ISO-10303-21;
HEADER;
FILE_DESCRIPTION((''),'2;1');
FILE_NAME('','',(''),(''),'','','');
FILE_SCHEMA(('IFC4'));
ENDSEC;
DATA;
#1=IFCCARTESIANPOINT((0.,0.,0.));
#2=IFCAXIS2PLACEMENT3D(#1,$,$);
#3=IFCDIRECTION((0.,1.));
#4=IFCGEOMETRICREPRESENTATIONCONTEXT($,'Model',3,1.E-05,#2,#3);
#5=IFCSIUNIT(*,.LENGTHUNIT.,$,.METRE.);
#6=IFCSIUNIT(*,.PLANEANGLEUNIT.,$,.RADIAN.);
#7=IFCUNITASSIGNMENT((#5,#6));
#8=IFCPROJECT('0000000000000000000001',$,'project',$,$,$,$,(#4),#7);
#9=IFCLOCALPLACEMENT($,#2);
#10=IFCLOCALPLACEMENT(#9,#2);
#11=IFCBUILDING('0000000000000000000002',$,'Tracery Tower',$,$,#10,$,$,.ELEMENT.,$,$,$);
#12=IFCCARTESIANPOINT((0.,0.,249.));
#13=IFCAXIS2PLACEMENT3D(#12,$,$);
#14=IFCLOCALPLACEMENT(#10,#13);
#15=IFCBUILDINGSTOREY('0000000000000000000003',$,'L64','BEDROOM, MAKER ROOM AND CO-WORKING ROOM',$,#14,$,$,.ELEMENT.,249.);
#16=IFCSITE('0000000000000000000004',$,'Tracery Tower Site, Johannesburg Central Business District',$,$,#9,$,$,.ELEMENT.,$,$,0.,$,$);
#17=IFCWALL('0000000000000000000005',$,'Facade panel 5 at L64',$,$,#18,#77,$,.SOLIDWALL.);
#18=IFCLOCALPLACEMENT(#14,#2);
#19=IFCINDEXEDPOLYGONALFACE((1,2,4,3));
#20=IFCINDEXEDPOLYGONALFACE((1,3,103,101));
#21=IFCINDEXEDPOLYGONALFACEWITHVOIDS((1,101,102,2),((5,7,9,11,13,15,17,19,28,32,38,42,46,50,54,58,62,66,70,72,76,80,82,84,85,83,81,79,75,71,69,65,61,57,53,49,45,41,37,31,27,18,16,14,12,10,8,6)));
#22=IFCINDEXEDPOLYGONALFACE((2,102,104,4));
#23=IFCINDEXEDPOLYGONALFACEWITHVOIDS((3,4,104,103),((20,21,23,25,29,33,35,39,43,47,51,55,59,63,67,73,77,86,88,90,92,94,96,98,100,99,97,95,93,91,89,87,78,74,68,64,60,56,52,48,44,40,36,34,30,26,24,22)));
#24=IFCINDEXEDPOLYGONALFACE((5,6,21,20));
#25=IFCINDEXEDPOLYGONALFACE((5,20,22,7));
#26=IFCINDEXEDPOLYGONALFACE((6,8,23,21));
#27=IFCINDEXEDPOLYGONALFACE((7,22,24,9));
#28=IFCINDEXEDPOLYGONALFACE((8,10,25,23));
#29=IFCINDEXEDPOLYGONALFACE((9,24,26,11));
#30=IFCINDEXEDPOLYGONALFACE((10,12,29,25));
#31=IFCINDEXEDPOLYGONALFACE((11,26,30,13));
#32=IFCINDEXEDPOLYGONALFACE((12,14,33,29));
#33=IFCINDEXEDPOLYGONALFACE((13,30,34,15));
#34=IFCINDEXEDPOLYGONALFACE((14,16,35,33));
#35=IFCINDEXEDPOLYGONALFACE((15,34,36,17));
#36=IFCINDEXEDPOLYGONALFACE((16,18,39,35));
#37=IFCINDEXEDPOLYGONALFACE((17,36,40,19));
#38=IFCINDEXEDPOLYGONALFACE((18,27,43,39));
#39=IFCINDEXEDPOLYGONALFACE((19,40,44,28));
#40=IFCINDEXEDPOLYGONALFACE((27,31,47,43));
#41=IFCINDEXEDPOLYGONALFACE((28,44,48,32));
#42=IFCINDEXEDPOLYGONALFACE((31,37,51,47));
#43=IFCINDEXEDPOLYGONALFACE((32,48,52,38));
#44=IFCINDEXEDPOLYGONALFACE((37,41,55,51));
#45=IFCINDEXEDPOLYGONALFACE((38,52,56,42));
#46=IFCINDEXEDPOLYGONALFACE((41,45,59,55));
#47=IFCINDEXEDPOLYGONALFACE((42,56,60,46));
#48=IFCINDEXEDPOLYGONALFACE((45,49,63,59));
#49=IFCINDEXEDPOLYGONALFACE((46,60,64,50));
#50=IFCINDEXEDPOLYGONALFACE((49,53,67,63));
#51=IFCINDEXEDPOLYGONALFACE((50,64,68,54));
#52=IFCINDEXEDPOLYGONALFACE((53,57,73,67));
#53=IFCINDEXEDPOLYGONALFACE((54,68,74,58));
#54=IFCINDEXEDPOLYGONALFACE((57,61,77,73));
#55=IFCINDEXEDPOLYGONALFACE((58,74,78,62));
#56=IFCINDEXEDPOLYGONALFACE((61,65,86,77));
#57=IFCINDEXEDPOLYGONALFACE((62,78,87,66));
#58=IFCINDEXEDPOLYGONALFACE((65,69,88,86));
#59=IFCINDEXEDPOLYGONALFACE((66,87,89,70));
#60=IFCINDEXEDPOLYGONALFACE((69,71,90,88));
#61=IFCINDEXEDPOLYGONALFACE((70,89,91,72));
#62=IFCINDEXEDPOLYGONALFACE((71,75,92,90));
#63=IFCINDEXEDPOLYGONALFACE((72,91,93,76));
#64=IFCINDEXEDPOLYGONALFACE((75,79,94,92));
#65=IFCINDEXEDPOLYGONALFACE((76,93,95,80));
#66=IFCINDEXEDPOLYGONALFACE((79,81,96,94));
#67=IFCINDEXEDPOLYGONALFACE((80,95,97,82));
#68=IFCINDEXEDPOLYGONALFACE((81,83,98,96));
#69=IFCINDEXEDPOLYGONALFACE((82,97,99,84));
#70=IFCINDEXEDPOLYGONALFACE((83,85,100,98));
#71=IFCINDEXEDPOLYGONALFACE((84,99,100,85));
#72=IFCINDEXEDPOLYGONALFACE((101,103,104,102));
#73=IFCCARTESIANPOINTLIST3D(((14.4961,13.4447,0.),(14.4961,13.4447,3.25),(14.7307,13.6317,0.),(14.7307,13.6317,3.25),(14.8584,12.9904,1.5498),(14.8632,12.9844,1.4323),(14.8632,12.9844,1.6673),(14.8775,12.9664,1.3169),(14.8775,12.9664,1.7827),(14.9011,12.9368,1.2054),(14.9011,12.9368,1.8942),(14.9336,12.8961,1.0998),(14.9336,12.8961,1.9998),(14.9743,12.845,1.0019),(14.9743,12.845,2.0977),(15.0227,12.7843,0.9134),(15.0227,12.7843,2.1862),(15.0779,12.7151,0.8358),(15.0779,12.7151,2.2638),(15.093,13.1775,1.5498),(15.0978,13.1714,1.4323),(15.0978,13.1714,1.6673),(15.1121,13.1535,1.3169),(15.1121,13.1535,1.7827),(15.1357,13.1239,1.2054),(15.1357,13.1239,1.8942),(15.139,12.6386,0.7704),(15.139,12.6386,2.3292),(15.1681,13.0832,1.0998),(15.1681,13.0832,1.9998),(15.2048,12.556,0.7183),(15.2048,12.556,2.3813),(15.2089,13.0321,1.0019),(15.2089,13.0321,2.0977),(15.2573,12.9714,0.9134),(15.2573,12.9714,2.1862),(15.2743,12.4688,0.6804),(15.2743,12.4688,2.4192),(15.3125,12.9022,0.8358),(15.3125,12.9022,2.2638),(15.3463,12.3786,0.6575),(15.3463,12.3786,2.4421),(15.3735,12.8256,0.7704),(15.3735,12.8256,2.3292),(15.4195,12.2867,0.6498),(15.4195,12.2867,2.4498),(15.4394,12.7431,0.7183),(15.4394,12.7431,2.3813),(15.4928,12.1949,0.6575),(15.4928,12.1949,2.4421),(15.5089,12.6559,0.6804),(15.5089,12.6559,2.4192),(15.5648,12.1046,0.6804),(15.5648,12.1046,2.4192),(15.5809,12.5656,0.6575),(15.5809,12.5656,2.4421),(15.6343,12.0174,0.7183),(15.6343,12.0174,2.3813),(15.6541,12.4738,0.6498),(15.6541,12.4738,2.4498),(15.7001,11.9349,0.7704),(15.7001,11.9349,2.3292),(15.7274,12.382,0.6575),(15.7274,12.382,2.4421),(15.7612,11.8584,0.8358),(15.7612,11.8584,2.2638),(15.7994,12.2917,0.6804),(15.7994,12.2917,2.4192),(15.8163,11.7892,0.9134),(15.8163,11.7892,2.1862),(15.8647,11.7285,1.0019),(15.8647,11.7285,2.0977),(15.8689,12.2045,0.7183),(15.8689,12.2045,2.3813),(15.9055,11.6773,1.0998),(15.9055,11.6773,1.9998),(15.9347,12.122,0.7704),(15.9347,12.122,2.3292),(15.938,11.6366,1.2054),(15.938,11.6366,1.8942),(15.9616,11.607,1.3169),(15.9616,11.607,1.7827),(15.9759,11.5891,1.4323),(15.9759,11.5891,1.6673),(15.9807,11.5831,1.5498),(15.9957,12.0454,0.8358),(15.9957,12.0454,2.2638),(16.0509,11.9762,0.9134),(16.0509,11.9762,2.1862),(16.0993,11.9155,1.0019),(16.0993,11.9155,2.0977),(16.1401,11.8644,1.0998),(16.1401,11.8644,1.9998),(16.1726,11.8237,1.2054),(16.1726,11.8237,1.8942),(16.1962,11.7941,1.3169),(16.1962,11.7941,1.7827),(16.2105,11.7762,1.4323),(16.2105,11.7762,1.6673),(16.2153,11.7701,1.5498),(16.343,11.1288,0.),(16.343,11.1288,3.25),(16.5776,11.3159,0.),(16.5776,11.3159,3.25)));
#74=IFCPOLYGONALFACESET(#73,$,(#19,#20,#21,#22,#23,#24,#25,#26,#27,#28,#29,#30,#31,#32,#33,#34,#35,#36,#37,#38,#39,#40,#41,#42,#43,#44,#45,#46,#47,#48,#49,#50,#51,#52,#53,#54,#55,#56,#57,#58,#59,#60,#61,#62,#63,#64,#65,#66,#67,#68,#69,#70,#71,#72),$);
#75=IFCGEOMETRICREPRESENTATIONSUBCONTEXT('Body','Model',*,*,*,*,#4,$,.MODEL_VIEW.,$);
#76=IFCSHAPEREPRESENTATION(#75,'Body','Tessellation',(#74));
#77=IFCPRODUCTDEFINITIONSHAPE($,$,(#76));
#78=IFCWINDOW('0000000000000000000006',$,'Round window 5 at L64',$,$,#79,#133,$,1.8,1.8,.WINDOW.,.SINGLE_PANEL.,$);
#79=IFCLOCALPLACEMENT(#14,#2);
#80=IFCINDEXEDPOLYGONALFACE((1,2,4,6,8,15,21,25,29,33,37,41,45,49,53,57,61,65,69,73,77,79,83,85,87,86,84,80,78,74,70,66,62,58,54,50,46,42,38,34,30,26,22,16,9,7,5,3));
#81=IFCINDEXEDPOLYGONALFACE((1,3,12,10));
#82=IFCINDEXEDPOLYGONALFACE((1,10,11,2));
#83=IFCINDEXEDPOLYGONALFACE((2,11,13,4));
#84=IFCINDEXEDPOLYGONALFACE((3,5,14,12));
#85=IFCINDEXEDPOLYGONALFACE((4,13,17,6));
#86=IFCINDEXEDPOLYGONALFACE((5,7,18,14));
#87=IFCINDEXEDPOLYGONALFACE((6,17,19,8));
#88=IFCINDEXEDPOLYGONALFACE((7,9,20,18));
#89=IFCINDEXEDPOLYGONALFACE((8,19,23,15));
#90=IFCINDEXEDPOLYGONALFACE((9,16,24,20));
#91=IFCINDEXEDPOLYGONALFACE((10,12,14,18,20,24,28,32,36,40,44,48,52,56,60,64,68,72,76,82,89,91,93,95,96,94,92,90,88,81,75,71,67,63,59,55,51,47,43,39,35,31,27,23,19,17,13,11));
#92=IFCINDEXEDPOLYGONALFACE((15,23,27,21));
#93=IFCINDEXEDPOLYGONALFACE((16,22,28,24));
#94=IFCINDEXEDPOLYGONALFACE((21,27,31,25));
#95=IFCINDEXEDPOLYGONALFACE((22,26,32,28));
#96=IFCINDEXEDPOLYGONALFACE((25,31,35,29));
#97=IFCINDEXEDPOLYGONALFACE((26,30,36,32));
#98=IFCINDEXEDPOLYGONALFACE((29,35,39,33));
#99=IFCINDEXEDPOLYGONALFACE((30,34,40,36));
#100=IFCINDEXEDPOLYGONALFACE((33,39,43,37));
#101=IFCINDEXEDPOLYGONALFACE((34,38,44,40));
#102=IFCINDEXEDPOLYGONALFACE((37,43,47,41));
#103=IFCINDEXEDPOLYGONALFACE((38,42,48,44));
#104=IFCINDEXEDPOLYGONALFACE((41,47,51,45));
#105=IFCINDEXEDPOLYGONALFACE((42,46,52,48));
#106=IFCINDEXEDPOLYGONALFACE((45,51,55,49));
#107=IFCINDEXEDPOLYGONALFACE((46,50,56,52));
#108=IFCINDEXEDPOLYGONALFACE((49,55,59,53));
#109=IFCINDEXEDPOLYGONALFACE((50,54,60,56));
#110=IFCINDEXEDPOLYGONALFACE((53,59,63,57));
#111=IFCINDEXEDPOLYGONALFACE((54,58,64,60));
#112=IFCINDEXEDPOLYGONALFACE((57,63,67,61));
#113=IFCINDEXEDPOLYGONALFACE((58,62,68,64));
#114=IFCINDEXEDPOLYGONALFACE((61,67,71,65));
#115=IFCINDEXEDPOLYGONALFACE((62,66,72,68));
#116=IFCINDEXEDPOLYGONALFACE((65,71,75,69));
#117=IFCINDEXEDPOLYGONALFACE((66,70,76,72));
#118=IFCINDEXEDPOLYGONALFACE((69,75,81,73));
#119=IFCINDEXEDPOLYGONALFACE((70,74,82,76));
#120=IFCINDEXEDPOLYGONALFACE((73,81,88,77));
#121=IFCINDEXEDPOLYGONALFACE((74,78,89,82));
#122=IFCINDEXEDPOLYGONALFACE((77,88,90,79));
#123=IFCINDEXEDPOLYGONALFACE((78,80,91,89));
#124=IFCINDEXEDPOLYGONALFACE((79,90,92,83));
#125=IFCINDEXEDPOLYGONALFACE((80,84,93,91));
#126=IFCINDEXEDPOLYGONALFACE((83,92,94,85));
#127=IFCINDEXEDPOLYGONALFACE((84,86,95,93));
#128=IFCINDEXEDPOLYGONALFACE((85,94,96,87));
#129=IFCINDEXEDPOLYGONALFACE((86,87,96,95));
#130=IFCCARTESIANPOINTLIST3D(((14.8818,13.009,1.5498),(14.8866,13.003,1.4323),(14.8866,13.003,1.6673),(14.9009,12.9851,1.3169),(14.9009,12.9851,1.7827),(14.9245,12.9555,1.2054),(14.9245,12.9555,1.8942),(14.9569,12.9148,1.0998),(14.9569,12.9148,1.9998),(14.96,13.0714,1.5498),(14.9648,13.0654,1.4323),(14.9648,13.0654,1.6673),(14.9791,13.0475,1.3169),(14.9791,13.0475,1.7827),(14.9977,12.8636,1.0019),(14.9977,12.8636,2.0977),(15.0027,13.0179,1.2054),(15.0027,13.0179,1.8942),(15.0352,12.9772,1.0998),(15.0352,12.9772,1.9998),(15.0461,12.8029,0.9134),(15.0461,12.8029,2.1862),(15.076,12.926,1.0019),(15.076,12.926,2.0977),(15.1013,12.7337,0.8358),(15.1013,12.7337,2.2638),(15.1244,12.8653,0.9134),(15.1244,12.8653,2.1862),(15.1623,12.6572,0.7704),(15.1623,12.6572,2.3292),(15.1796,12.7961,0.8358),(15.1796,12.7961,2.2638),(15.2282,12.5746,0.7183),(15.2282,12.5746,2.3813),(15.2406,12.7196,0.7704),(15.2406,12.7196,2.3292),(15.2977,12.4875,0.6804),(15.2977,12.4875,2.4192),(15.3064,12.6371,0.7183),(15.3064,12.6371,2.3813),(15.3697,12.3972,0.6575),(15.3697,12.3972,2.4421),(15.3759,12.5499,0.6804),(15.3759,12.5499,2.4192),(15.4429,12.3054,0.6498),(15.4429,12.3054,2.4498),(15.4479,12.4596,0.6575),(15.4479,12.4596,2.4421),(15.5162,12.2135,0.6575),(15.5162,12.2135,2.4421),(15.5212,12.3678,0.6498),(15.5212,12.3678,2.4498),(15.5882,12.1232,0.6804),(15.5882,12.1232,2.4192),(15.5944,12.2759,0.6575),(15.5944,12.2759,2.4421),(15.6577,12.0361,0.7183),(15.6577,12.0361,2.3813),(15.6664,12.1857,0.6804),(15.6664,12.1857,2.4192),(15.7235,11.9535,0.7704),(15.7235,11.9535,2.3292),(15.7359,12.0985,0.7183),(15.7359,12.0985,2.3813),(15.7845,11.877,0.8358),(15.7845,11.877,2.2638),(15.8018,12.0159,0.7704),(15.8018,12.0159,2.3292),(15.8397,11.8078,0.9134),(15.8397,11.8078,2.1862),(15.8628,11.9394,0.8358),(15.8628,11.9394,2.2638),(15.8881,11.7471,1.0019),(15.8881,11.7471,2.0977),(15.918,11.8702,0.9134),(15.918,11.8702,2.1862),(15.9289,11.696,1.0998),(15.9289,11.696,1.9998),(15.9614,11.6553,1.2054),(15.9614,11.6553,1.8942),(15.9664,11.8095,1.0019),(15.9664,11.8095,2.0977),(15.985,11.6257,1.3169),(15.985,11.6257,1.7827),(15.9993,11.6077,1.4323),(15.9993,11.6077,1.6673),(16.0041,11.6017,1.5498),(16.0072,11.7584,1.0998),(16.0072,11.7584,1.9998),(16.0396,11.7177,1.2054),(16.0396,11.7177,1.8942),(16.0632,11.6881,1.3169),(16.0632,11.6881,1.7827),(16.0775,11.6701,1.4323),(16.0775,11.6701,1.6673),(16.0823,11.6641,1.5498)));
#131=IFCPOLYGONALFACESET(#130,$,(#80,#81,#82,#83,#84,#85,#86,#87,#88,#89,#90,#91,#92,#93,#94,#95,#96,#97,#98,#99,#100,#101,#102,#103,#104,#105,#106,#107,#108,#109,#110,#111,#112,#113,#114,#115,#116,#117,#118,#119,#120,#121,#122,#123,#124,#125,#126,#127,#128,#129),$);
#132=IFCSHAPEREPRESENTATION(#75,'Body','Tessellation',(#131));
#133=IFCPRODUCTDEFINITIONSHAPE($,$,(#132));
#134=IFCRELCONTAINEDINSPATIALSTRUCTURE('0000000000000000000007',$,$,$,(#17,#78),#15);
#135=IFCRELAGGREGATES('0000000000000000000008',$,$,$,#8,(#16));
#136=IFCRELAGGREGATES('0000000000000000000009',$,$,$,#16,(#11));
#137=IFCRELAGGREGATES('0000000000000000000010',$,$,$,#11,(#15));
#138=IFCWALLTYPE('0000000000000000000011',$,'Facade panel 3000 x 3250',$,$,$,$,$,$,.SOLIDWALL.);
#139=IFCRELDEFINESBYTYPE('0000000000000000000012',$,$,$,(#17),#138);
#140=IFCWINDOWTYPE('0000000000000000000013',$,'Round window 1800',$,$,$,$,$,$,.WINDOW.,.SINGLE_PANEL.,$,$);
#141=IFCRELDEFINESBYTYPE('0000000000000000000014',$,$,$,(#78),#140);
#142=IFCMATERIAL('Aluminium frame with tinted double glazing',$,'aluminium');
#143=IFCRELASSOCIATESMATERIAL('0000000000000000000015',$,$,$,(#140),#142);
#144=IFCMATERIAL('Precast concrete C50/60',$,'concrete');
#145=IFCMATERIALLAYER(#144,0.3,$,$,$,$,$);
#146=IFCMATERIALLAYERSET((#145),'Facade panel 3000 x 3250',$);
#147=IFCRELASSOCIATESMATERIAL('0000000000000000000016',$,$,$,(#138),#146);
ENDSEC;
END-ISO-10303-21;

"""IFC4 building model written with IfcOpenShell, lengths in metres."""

from ifc_helpers import new_model, si_unit, direction, frame, frame_2d, origin, origin_2d, place, context, subcontext, project, spatial, rectangle, circle, extrude, material, layer, layer_set, type_object, element, fill, save


model = new_model("IFC4")

# Units and contexts
model_context = context("Model", 3, precision=1e-05, world=origin(), true_north=direction((0.0, 1.0)))
body_context = subcontext(model_context, "Body", "Model", "MODEL_VIEW")
ifc_project = project(units=[si_unit("LENGTHUNIT", "METRE"), si_unit("PLANEANGLEUNIT", "RADIAN")], contexts=[model_context])

# Site, building, storey
site_placement = place(None, origin())
site = spatial("IfcSite", under=ifc_project, at=site_placement, Name="Tracery Tower Site, Johannesburg Central Business District", CompositionType="ELEMENT", RefElevation=0.0)
building_placement = place(site_placement, origin())
building = spatial("IfcBuilding", under=site, at=building_placement, Name="Tracery Tower", CompositionType="ELEMENT")
storey_placement = place(building_placement, frame((0.0, 0.0, 249.0)))
storey = spatial("IfcBuildingStorey", under=building, at=storey_placement, Name="L64", Description="BEDROOM, MAKER ROOM AND CO-WORKING ROOM", CompositionType="ELEMENT", Elevation=249.0)

# Wall, opening, window
ifc_material_1 = material(Name="Aluminium frame with tinted double glazing", Category="aluminium")
window_type = type_object("IfcWindowType", Name="Round window 1800", PartitioningType="SINGLE_PANEL", PredefinedType="WINDOW", material=ifc_material_1)
ifc_material_2 = material(Name="Precast concrete C50/60", Category="concrete")
ifc_layer_1 = layer(ifc_material_2, 0.3)
ifc_layer_set_1 = layer_set([ifc_layer_1], Name="Facade panel 3000 x 3250")
wall_type_1 = type_object("IfcWallType", Name="Facade panel 3000 x 3250", PredefinedType="SOLIDWALL", material=ifc_layer_set_1)
wall_1_placement = place(storey_placement, frame((16.4602, 11.2224, 0.0), z_axis=(0.0, 0.0, 1.0), x_axis=(-0.623498, 0.781825, 0.0)))
wall_1 = element("IfcWall", 1, at=wall_1_placement, inside=storey, type_object=wall_type_1, Name="Facade panel 5 at L64", PredefinedType="SOLIDWALL", context=body_context, shape_type="SweptSolid", body=[
    extrude(rectangle(XDim=2.9622, YDim=0.3, at=frame_2d((1.481, 0.0))), origin(), (0.0, 0.0, 1.0), 3.25),
])
opening_1_placement = place(wall_1_placement, frame((1.481, 0.0, 1.5498)))
opening_1 = element("IfcOpeningElement", 2, at=opening_1_placement, cuts=wall_1, PredefinedType="OPENING", context=body_context, shape_type="SweptSolid", body=[
    extrude(circle(Radius=0.9, at=origin_2d()), frame((0.0, 0.1599, 0.0), z_axis=(0.0, -1.0, 0.0), x_axis=(1.0, 0.0, 0.0)), (0.0, 0.0, 1.0), 0.3201),
])
window_1_placement = place(opening_1_placement, origin())
window_1 = element("IfcWindow", 3, at=window_1_placement, inside=storey, type_object=window_type, Name="Round window 5 at L64", OverallHeight=1.8, OverallWidth=1.8, PartitioningType="SINGLE_PANEL", PredefinedType="WINDOW", context=body_context, shape_type="SweptSolid", body=[
    extrude(circle(Radius=0.9, at=origin_2d()), frame((0.0, 0.1201, 0.0), z_axis=(0.0, -1.0, 0.0), x_axis=(1.0, 0.0, 0.0)), (0.0, 0.0, 1.0), 0.1001),
])
fill(opening_1, window_1)

save(model, "model.ifc")
